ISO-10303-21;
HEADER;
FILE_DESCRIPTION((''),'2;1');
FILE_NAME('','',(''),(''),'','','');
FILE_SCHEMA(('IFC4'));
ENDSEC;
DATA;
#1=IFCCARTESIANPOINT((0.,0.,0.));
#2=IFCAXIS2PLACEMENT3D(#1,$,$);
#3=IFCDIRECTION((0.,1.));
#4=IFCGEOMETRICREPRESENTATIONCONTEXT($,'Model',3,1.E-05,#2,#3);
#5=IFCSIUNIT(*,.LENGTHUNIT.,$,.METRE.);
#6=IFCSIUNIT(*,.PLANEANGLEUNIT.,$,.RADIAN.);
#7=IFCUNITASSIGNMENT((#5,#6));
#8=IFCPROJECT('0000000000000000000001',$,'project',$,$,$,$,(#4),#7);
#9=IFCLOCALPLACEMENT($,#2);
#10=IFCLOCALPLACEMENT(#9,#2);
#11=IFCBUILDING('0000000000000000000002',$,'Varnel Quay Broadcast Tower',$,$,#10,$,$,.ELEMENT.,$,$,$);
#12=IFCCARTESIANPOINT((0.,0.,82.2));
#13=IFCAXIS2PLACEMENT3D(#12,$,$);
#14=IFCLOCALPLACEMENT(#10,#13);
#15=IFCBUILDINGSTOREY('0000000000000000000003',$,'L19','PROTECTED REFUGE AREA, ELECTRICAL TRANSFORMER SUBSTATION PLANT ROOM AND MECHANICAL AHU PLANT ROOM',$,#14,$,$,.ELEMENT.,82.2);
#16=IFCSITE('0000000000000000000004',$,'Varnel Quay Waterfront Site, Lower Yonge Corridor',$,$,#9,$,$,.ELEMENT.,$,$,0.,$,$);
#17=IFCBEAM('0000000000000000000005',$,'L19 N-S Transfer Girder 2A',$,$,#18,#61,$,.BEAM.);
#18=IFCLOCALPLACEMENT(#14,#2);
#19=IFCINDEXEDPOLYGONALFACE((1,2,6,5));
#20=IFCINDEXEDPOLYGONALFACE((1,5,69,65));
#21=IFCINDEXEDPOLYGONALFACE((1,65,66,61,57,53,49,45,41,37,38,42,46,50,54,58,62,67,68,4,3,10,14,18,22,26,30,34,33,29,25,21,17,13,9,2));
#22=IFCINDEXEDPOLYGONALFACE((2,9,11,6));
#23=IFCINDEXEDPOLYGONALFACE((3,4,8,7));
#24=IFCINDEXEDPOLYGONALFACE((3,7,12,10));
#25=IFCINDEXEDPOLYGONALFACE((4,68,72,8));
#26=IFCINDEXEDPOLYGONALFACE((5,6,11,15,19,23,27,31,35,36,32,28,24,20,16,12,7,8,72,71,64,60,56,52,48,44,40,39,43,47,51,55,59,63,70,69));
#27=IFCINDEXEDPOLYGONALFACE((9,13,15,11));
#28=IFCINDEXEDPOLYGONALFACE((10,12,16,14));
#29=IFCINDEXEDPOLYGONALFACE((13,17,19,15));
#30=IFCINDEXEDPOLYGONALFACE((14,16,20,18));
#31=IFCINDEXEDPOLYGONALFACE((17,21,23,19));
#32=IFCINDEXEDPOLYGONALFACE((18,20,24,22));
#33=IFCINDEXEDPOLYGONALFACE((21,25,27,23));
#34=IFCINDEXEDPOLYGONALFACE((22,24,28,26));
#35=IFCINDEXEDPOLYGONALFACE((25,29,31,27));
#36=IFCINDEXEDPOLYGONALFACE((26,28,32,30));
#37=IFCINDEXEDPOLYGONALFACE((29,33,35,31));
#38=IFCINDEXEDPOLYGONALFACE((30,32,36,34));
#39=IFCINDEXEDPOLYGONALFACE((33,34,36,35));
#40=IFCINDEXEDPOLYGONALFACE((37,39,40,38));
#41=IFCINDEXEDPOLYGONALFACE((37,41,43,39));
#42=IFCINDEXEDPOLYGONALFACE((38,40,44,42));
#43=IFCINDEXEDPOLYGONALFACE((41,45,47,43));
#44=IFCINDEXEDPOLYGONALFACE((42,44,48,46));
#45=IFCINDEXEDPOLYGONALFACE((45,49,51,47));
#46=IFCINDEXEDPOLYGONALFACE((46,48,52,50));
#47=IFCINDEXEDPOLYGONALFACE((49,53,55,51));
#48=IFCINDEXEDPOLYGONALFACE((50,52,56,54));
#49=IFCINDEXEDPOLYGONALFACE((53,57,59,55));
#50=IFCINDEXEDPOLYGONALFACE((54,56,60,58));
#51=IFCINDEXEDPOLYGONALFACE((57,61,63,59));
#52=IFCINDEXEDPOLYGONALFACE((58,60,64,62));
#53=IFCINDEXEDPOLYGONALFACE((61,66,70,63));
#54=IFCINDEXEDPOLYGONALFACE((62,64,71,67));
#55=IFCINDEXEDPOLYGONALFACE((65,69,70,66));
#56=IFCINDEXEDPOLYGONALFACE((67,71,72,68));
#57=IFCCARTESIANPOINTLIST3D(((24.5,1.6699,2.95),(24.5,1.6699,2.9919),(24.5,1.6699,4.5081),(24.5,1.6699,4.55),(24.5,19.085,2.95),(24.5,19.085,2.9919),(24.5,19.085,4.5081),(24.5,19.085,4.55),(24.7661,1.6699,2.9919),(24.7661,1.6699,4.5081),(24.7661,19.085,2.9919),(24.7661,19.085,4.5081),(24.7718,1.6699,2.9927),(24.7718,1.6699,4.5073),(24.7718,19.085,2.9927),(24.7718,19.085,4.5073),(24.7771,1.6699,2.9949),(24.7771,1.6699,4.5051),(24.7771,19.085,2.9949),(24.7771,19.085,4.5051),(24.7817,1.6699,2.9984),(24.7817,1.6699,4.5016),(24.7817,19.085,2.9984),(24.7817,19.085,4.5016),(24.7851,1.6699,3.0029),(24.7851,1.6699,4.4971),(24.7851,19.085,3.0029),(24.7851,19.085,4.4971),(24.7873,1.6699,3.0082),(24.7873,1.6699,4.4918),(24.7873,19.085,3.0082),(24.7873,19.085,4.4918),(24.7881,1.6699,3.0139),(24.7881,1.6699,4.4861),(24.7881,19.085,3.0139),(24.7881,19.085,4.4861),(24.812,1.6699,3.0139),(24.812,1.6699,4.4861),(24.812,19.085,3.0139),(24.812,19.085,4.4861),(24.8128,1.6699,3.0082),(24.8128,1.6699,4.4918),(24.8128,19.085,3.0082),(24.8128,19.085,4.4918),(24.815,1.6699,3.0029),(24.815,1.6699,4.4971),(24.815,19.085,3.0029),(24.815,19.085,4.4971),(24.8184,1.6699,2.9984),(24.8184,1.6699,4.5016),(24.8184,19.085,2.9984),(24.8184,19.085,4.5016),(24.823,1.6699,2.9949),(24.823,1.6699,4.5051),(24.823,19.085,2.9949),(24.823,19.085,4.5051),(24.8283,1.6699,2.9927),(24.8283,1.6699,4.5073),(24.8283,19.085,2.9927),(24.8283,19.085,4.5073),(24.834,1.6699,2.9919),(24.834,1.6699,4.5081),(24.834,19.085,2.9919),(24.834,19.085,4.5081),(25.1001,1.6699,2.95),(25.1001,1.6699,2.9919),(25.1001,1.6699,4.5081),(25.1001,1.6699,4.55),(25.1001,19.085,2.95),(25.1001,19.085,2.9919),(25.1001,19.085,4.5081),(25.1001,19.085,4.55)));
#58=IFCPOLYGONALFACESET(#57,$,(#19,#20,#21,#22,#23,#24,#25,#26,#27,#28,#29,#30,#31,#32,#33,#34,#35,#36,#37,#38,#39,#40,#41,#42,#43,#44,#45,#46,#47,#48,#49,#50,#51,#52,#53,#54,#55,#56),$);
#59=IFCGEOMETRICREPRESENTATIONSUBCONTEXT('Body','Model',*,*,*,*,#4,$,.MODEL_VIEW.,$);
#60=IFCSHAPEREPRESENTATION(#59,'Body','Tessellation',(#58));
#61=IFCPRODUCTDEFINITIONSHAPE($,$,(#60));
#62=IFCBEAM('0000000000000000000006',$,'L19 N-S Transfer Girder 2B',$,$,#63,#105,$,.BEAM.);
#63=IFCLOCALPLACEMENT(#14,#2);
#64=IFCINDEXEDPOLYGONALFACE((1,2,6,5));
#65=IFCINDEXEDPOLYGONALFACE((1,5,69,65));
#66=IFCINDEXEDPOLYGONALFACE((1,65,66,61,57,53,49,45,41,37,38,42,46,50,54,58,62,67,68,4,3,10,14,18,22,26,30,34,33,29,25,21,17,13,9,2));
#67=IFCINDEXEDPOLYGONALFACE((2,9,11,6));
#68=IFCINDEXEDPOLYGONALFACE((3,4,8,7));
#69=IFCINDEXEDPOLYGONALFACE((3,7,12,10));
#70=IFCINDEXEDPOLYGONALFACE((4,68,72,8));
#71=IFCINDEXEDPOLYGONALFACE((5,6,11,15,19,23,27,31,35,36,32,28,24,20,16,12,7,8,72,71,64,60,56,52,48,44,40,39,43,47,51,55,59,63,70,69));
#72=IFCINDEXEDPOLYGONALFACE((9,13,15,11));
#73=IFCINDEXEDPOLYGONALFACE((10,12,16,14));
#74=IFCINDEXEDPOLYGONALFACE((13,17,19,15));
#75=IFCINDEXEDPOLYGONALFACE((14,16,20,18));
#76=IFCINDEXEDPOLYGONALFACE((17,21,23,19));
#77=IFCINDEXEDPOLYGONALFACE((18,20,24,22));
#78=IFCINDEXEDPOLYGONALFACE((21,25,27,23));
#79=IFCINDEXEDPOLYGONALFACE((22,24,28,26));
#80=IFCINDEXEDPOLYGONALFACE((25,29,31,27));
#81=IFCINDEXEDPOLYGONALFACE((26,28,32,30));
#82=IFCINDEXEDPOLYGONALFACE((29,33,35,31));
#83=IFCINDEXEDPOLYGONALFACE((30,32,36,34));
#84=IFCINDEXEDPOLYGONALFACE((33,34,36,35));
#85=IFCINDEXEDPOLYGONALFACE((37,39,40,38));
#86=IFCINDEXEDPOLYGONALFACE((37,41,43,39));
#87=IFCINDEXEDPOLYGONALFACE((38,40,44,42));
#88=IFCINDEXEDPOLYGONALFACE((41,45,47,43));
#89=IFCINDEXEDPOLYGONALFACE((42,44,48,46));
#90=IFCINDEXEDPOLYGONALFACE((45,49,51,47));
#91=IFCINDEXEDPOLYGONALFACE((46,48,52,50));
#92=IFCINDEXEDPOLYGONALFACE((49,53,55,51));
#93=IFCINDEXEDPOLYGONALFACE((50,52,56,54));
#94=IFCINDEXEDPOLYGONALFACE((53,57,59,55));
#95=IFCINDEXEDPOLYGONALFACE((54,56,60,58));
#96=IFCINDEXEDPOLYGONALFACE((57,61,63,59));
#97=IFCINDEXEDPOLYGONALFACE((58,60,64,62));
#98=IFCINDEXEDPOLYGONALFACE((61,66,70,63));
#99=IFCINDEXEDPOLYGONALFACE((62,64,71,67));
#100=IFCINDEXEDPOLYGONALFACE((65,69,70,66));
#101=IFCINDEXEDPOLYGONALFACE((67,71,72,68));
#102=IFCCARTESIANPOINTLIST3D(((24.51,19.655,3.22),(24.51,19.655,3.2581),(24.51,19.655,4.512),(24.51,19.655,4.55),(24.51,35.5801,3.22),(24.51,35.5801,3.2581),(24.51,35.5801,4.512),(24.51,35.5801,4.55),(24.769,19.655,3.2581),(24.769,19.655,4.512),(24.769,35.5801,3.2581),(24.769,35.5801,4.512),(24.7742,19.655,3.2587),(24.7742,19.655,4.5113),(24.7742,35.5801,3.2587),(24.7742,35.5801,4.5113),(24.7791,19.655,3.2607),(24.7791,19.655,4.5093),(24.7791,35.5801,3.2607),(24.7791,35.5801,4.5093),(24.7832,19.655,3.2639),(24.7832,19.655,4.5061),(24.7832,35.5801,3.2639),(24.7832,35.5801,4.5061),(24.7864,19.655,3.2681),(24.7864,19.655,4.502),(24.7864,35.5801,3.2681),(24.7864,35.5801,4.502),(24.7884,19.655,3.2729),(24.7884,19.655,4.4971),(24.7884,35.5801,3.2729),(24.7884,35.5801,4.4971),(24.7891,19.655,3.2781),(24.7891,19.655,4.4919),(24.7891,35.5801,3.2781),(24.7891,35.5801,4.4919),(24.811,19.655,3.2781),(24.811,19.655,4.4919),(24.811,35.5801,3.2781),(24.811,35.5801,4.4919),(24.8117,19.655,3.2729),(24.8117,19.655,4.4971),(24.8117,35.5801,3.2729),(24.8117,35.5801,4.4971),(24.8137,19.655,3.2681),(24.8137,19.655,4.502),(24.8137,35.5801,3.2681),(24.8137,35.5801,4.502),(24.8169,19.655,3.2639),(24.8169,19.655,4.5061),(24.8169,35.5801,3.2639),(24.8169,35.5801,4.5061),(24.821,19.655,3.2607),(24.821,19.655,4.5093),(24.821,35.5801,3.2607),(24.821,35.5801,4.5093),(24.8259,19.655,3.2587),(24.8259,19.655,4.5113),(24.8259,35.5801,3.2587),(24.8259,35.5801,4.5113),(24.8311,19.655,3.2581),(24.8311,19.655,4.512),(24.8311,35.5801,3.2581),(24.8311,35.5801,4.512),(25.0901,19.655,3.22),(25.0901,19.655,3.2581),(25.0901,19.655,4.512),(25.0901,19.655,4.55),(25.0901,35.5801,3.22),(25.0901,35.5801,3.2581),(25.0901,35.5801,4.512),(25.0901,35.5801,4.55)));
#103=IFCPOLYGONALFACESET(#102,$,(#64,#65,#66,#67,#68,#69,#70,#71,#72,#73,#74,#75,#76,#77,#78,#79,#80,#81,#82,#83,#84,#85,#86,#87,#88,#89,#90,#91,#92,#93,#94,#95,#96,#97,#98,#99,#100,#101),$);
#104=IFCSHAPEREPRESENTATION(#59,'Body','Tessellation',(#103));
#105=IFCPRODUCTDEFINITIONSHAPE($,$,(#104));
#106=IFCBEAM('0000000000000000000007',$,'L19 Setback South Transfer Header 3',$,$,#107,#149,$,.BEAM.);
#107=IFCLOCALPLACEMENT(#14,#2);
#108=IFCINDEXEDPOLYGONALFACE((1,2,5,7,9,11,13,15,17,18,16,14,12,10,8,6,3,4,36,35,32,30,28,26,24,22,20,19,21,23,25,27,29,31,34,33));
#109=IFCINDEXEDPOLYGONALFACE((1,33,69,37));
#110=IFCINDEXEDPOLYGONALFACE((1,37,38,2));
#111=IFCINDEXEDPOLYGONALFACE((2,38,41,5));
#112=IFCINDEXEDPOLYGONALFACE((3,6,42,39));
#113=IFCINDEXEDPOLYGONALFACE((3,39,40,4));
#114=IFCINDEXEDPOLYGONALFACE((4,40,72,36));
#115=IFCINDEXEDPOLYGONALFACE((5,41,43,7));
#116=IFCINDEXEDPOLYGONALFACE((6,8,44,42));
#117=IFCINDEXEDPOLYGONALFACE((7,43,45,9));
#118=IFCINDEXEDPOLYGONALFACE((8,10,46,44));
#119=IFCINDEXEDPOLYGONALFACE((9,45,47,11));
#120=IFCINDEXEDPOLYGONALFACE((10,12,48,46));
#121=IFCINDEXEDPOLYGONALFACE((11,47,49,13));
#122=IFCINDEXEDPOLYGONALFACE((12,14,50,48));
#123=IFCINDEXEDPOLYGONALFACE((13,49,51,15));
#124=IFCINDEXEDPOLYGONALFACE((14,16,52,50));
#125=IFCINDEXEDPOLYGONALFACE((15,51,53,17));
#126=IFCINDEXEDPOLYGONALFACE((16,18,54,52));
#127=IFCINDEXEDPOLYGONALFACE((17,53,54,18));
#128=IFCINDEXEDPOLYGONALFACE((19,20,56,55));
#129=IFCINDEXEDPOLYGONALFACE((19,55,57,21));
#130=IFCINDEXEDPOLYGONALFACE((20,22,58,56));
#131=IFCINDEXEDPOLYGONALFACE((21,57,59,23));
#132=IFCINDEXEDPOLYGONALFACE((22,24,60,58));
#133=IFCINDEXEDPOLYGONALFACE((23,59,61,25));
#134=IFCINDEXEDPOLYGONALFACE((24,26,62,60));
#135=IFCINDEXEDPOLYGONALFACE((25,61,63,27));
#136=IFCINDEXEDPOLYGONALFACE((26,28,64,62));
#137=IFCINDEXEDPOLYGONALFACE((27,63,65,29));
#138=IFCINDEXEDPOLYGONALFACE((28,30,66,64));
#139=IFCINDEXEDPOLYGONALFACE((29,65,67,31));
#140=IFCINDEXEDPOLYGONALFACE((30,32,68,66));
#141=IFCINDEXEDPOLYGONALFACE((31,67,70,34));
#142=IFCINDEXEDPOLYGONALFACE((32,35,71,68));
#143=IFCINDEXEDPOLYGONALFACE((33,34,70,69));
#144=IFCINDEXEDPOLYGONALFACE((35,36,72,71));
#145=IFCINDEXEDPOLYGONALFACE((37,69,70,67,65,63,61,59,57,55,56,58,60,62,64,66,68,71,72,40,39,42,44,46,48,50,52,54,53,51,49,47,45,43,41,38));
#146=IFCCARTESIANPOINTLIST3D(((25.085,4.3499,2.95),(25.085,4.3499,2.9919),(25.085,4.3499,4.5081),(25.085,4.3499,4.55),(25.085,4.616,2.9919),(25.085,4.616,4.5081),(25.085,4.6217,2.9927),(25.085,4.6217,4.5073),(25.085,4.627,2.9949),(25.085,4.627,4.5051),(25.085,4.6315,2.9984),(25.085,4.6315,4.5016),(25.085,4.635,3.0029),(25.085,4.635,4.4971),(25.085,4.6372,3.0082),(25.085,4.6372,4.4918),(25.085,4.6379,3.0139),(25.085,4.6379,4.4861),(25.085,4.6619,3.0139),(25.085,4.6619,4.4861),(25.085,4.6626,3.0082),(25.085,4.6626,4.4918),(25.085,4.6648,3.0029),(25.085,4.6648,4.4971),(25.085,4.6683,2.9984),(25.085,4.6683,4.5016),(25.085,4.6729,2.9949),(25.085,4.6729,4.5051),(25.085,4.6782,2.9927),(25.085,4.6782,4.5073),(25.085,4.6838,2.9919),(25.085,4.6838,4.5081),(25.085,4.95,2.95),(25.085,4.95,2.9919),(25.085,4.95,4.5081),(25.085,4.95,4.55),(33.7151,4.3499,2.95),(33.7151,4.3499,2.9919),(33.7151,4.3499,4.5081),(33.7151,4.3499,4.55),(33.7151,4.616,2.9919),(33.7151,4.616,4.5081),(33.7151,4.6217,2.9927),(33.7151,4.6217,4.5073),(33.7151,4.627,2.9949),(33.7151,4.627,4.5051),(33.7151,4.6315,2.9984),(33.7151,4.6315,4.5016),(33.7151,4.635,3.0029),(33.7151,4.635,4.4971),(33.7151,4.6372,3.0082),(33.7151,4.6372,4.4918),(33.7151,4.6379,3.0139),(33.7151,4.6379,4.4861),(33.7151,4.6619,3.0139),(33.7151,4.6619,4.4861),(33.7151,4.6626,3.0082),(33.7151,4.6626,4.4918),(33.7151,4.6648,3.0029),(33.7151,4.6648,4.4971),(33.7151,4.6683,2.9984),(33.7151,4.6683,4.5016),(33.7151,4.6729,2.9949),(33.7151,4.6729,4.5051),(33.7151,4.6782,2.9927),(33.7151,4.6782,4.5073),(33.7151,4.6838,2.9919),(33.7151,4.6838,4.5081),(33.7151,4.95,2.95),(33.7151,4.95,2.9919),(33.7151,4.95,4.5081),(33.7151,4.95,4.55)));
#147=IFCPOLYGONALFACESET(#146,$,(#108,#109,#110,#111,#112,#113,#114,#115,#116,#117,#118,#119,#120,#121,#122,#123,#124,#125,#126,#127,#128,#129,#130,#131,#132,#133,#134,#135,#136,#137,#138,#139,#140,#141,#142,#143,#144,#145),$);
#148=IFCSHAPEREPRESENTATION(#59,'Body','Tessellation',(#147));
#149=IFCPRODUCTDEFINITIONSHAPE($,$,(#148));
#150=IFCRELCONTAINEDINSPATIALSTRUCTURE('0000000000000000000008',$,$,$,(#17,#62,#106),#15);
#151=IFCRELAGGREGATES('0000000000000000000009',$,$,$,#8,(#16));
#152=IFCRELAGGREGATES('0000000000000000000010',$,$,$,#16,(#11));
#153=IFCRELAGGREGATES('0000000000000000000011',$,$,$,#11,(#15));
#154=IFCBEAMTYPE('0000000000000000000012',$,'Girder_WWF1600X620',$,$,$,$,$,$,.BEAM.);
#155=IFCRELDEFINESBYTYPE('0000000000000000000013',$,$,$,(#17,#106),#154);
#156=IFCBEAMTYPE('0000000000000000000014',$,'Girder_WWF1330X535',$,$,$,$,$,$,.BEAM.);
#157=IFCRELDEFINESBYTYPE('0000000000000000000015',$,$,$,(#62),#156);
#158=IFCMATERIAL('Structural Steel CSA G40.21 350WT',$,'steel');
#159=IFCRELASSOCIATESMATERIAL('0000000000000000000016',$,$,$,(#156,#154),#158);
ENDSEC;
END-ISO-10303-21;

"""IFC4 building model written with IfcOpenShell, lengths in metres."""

from ifc_helpers import new_model, si_unit, direction, frame, origin, origin_2d, place, context, subcontext, project, spatial, i_section, extrude, source, transform, mapped, material, material_profile, profile_set, type_object, element, save


model = new_model("IFC4")

# Units and contexts
model_context = context("Model", 3, precision=1e-05, world=origin(), true_north=direction((0.0, 1.0)))
body_context = subcontext(model_context, "Body", "Model", "MODEL_VIEW")
ifc_project = project(units=[si_unit("LENGTHUNIT", "METRE"), si_unit("PLANEANGLEUNIT", "RADIAN")], contexts=[model_context])

# Site, building, storey
site_placement = place(None, origin())
site = spatial("IfcSite", under=ifc_project, at=site_placement, Name="Varnel Quay Waterfront Site, Lower Yonge Corridor", CompositionType="ELEMENT", RefElevation=0.0)
building_placement = place(site_placement, origin())
building = spatial("IfcBuilding", under=site, at=building_placement, Name="Varnel Quay Broadcast Tower", CompositionType="ELEMENT")
storey_placement = place(building_placement, frame((0.0, 0.0, 82.2)))
storey = spatial("IfcBuildingStorey", under=building, at=storey_placement, Name="L19", Description="PROTECTED REFUGE AREA, ELECTRICAL TRANSFORMER SUBSTATION PLANT ROOM AND MECHANICAL AHU PLANT ROOM", CompositionType="ELEMENT", Elevation=82.2)

# Beams
ifc_material_1 = material(Name="Structural Steel CSA G40.21 350WT", Category="steel")
ifc_material_profile_1 = material_profile(ifc_material_1, i_section(OverallWidth=0.5801, OverallDepth=1.3301, WebThickness=0.022, FlangeThickness=0.0381, FilletRadius=0.02, at=origin_2d()), Name="WWF1330X535")
ifc_profile_set_1 = profile_set([ifc_material_profile_1], Name="Structural Steel CSA G40.21 350WT")
beam_type_1 = type_object("IfcBeamType", Name="Girder_WWF1330X535", PredefinedType="BEAM", material=ifc_profile_set_1)
ifc_material_profile_2 = material_profile(ifc_material_1, i_section(OverallWidth=0.6001, OverallDepth=1.6001, WebThickness=0.0239, FlangeThickness=0.042, FilletRadius=0.022, at=origin_2d()), Name="WWF1600X620")
ifc_profile_set_2 = profile_set([ifc_material_profile_2], Name="Structural Steel CSA G40.21 350WT")
beam_type_2 = type_object("IfcBeamType", Name="Girder_WWF1600X620", PredefinedType="BEAM", material=ifc_profile_set_2)
shared_shape_1 = source(origin(), body_context, "Body", "SweptSolid", [
    extrude(i_section(OverallWidth=0.6001, OverallDepth=1.6001, WebThickness=0.0239, FlangeThickness=0.042, FilletRadius=0.022, at=origin_2d()), origin(), (0.0, 0.0, 1.0), 17.415),
])
beam_1_placement = place(storey_placement, frame((24.8, 1.6699, 3.75), z_axis=(0.0, 1.0, 0.0), x_axis=(-1.0, 0.0, 0.0)))
element("IfcBeam", 1, at=beam_1_placement, inside=storey, type_object=beam_type_2, Name="L19 N-S Transfer Girder 2A", PredefinedType="BEAM", context=body_context, shape_type="MappedRepresentation", body=[
    mapped(shared_shape_1, transform((0.0, 0.0, 0.0), x_axis=(1.0, 0.0, 0.0), y_axis=(0.0, 1.0, 0.0), z_axis=(0.0, 0.0, 1.0), scale=1.0)),
])
shared_shape_2 = source(origin(), body_context, "Body", "SweptSolid", [
    extrude(i_section(OverallWidth=0.5801, OverallDepth=1.3301, WebThickness=0.022, FlangeThickness=0.0381, FilletRadius=0.02, at=origin_2d()), origin(), (0.0, 0.0, 1.0), 15.925),
])
beam_2_placement = place(storey_placement, frame((24.8, 19.655, 3.885), z_axis=(0.0, 1.0, 0.0), x_axis=(-1.0, 0.0, 0.0)))
element("IfcBeam", 2, at=beam_2_placement, inside=storey, type_object=beam_type_1, Name="L19 N-S Transfer Girder 2B", PredefinedType="BEAM", context=body_context, shape_type="MappedRepresentation", body=[
    mapped(shared_shape_2, transform((0.0, 0.0, 0.0), x_axis=(1.0, 0.0, 0.0), y_axis=(0.0, 1.0, 0.0), z_axis=(0.0, 0.0, 1.0), scale=1.0)),
])
shared_shape_3 = source(origin(), body_context, "Body", "SweptSolid", [
    extrude(i_section(OverallWidth=0.6001, OverallDepth=1.6001, WebThickness=0.0239, FlangeThickness=0.042, FilletRadius=0.022, at=origin_2d()), origin(), (0.0, 0.0, 1.0), 8.6301),
])
beam_3_placement = place(storey_placement, frame((25.085, 4.6499, 3.75), z_axis=(1.0, 0.0, 0.0), x_axis=(0.0, 1.0, 0.0)))
element("IfcBeam", 3, at=beam_3_placement, inside=storey, type_object=beam_type_2, Name="L19 Setback South Transfer Header 3", PredefinedType="BEAM", context=body_context, shape_type="MappedRepresentation", body=[
    mapped(shared_shape_3, transform((0.0, 0.0, 0.0), x_axis=(1.0, 0.0, 0.0), y_axis=(0.0, 1.0, 0.0), z_axis=(0.0, 0.0, 1.0), scale=1.0)),
])

save(model, "model.ifc")
